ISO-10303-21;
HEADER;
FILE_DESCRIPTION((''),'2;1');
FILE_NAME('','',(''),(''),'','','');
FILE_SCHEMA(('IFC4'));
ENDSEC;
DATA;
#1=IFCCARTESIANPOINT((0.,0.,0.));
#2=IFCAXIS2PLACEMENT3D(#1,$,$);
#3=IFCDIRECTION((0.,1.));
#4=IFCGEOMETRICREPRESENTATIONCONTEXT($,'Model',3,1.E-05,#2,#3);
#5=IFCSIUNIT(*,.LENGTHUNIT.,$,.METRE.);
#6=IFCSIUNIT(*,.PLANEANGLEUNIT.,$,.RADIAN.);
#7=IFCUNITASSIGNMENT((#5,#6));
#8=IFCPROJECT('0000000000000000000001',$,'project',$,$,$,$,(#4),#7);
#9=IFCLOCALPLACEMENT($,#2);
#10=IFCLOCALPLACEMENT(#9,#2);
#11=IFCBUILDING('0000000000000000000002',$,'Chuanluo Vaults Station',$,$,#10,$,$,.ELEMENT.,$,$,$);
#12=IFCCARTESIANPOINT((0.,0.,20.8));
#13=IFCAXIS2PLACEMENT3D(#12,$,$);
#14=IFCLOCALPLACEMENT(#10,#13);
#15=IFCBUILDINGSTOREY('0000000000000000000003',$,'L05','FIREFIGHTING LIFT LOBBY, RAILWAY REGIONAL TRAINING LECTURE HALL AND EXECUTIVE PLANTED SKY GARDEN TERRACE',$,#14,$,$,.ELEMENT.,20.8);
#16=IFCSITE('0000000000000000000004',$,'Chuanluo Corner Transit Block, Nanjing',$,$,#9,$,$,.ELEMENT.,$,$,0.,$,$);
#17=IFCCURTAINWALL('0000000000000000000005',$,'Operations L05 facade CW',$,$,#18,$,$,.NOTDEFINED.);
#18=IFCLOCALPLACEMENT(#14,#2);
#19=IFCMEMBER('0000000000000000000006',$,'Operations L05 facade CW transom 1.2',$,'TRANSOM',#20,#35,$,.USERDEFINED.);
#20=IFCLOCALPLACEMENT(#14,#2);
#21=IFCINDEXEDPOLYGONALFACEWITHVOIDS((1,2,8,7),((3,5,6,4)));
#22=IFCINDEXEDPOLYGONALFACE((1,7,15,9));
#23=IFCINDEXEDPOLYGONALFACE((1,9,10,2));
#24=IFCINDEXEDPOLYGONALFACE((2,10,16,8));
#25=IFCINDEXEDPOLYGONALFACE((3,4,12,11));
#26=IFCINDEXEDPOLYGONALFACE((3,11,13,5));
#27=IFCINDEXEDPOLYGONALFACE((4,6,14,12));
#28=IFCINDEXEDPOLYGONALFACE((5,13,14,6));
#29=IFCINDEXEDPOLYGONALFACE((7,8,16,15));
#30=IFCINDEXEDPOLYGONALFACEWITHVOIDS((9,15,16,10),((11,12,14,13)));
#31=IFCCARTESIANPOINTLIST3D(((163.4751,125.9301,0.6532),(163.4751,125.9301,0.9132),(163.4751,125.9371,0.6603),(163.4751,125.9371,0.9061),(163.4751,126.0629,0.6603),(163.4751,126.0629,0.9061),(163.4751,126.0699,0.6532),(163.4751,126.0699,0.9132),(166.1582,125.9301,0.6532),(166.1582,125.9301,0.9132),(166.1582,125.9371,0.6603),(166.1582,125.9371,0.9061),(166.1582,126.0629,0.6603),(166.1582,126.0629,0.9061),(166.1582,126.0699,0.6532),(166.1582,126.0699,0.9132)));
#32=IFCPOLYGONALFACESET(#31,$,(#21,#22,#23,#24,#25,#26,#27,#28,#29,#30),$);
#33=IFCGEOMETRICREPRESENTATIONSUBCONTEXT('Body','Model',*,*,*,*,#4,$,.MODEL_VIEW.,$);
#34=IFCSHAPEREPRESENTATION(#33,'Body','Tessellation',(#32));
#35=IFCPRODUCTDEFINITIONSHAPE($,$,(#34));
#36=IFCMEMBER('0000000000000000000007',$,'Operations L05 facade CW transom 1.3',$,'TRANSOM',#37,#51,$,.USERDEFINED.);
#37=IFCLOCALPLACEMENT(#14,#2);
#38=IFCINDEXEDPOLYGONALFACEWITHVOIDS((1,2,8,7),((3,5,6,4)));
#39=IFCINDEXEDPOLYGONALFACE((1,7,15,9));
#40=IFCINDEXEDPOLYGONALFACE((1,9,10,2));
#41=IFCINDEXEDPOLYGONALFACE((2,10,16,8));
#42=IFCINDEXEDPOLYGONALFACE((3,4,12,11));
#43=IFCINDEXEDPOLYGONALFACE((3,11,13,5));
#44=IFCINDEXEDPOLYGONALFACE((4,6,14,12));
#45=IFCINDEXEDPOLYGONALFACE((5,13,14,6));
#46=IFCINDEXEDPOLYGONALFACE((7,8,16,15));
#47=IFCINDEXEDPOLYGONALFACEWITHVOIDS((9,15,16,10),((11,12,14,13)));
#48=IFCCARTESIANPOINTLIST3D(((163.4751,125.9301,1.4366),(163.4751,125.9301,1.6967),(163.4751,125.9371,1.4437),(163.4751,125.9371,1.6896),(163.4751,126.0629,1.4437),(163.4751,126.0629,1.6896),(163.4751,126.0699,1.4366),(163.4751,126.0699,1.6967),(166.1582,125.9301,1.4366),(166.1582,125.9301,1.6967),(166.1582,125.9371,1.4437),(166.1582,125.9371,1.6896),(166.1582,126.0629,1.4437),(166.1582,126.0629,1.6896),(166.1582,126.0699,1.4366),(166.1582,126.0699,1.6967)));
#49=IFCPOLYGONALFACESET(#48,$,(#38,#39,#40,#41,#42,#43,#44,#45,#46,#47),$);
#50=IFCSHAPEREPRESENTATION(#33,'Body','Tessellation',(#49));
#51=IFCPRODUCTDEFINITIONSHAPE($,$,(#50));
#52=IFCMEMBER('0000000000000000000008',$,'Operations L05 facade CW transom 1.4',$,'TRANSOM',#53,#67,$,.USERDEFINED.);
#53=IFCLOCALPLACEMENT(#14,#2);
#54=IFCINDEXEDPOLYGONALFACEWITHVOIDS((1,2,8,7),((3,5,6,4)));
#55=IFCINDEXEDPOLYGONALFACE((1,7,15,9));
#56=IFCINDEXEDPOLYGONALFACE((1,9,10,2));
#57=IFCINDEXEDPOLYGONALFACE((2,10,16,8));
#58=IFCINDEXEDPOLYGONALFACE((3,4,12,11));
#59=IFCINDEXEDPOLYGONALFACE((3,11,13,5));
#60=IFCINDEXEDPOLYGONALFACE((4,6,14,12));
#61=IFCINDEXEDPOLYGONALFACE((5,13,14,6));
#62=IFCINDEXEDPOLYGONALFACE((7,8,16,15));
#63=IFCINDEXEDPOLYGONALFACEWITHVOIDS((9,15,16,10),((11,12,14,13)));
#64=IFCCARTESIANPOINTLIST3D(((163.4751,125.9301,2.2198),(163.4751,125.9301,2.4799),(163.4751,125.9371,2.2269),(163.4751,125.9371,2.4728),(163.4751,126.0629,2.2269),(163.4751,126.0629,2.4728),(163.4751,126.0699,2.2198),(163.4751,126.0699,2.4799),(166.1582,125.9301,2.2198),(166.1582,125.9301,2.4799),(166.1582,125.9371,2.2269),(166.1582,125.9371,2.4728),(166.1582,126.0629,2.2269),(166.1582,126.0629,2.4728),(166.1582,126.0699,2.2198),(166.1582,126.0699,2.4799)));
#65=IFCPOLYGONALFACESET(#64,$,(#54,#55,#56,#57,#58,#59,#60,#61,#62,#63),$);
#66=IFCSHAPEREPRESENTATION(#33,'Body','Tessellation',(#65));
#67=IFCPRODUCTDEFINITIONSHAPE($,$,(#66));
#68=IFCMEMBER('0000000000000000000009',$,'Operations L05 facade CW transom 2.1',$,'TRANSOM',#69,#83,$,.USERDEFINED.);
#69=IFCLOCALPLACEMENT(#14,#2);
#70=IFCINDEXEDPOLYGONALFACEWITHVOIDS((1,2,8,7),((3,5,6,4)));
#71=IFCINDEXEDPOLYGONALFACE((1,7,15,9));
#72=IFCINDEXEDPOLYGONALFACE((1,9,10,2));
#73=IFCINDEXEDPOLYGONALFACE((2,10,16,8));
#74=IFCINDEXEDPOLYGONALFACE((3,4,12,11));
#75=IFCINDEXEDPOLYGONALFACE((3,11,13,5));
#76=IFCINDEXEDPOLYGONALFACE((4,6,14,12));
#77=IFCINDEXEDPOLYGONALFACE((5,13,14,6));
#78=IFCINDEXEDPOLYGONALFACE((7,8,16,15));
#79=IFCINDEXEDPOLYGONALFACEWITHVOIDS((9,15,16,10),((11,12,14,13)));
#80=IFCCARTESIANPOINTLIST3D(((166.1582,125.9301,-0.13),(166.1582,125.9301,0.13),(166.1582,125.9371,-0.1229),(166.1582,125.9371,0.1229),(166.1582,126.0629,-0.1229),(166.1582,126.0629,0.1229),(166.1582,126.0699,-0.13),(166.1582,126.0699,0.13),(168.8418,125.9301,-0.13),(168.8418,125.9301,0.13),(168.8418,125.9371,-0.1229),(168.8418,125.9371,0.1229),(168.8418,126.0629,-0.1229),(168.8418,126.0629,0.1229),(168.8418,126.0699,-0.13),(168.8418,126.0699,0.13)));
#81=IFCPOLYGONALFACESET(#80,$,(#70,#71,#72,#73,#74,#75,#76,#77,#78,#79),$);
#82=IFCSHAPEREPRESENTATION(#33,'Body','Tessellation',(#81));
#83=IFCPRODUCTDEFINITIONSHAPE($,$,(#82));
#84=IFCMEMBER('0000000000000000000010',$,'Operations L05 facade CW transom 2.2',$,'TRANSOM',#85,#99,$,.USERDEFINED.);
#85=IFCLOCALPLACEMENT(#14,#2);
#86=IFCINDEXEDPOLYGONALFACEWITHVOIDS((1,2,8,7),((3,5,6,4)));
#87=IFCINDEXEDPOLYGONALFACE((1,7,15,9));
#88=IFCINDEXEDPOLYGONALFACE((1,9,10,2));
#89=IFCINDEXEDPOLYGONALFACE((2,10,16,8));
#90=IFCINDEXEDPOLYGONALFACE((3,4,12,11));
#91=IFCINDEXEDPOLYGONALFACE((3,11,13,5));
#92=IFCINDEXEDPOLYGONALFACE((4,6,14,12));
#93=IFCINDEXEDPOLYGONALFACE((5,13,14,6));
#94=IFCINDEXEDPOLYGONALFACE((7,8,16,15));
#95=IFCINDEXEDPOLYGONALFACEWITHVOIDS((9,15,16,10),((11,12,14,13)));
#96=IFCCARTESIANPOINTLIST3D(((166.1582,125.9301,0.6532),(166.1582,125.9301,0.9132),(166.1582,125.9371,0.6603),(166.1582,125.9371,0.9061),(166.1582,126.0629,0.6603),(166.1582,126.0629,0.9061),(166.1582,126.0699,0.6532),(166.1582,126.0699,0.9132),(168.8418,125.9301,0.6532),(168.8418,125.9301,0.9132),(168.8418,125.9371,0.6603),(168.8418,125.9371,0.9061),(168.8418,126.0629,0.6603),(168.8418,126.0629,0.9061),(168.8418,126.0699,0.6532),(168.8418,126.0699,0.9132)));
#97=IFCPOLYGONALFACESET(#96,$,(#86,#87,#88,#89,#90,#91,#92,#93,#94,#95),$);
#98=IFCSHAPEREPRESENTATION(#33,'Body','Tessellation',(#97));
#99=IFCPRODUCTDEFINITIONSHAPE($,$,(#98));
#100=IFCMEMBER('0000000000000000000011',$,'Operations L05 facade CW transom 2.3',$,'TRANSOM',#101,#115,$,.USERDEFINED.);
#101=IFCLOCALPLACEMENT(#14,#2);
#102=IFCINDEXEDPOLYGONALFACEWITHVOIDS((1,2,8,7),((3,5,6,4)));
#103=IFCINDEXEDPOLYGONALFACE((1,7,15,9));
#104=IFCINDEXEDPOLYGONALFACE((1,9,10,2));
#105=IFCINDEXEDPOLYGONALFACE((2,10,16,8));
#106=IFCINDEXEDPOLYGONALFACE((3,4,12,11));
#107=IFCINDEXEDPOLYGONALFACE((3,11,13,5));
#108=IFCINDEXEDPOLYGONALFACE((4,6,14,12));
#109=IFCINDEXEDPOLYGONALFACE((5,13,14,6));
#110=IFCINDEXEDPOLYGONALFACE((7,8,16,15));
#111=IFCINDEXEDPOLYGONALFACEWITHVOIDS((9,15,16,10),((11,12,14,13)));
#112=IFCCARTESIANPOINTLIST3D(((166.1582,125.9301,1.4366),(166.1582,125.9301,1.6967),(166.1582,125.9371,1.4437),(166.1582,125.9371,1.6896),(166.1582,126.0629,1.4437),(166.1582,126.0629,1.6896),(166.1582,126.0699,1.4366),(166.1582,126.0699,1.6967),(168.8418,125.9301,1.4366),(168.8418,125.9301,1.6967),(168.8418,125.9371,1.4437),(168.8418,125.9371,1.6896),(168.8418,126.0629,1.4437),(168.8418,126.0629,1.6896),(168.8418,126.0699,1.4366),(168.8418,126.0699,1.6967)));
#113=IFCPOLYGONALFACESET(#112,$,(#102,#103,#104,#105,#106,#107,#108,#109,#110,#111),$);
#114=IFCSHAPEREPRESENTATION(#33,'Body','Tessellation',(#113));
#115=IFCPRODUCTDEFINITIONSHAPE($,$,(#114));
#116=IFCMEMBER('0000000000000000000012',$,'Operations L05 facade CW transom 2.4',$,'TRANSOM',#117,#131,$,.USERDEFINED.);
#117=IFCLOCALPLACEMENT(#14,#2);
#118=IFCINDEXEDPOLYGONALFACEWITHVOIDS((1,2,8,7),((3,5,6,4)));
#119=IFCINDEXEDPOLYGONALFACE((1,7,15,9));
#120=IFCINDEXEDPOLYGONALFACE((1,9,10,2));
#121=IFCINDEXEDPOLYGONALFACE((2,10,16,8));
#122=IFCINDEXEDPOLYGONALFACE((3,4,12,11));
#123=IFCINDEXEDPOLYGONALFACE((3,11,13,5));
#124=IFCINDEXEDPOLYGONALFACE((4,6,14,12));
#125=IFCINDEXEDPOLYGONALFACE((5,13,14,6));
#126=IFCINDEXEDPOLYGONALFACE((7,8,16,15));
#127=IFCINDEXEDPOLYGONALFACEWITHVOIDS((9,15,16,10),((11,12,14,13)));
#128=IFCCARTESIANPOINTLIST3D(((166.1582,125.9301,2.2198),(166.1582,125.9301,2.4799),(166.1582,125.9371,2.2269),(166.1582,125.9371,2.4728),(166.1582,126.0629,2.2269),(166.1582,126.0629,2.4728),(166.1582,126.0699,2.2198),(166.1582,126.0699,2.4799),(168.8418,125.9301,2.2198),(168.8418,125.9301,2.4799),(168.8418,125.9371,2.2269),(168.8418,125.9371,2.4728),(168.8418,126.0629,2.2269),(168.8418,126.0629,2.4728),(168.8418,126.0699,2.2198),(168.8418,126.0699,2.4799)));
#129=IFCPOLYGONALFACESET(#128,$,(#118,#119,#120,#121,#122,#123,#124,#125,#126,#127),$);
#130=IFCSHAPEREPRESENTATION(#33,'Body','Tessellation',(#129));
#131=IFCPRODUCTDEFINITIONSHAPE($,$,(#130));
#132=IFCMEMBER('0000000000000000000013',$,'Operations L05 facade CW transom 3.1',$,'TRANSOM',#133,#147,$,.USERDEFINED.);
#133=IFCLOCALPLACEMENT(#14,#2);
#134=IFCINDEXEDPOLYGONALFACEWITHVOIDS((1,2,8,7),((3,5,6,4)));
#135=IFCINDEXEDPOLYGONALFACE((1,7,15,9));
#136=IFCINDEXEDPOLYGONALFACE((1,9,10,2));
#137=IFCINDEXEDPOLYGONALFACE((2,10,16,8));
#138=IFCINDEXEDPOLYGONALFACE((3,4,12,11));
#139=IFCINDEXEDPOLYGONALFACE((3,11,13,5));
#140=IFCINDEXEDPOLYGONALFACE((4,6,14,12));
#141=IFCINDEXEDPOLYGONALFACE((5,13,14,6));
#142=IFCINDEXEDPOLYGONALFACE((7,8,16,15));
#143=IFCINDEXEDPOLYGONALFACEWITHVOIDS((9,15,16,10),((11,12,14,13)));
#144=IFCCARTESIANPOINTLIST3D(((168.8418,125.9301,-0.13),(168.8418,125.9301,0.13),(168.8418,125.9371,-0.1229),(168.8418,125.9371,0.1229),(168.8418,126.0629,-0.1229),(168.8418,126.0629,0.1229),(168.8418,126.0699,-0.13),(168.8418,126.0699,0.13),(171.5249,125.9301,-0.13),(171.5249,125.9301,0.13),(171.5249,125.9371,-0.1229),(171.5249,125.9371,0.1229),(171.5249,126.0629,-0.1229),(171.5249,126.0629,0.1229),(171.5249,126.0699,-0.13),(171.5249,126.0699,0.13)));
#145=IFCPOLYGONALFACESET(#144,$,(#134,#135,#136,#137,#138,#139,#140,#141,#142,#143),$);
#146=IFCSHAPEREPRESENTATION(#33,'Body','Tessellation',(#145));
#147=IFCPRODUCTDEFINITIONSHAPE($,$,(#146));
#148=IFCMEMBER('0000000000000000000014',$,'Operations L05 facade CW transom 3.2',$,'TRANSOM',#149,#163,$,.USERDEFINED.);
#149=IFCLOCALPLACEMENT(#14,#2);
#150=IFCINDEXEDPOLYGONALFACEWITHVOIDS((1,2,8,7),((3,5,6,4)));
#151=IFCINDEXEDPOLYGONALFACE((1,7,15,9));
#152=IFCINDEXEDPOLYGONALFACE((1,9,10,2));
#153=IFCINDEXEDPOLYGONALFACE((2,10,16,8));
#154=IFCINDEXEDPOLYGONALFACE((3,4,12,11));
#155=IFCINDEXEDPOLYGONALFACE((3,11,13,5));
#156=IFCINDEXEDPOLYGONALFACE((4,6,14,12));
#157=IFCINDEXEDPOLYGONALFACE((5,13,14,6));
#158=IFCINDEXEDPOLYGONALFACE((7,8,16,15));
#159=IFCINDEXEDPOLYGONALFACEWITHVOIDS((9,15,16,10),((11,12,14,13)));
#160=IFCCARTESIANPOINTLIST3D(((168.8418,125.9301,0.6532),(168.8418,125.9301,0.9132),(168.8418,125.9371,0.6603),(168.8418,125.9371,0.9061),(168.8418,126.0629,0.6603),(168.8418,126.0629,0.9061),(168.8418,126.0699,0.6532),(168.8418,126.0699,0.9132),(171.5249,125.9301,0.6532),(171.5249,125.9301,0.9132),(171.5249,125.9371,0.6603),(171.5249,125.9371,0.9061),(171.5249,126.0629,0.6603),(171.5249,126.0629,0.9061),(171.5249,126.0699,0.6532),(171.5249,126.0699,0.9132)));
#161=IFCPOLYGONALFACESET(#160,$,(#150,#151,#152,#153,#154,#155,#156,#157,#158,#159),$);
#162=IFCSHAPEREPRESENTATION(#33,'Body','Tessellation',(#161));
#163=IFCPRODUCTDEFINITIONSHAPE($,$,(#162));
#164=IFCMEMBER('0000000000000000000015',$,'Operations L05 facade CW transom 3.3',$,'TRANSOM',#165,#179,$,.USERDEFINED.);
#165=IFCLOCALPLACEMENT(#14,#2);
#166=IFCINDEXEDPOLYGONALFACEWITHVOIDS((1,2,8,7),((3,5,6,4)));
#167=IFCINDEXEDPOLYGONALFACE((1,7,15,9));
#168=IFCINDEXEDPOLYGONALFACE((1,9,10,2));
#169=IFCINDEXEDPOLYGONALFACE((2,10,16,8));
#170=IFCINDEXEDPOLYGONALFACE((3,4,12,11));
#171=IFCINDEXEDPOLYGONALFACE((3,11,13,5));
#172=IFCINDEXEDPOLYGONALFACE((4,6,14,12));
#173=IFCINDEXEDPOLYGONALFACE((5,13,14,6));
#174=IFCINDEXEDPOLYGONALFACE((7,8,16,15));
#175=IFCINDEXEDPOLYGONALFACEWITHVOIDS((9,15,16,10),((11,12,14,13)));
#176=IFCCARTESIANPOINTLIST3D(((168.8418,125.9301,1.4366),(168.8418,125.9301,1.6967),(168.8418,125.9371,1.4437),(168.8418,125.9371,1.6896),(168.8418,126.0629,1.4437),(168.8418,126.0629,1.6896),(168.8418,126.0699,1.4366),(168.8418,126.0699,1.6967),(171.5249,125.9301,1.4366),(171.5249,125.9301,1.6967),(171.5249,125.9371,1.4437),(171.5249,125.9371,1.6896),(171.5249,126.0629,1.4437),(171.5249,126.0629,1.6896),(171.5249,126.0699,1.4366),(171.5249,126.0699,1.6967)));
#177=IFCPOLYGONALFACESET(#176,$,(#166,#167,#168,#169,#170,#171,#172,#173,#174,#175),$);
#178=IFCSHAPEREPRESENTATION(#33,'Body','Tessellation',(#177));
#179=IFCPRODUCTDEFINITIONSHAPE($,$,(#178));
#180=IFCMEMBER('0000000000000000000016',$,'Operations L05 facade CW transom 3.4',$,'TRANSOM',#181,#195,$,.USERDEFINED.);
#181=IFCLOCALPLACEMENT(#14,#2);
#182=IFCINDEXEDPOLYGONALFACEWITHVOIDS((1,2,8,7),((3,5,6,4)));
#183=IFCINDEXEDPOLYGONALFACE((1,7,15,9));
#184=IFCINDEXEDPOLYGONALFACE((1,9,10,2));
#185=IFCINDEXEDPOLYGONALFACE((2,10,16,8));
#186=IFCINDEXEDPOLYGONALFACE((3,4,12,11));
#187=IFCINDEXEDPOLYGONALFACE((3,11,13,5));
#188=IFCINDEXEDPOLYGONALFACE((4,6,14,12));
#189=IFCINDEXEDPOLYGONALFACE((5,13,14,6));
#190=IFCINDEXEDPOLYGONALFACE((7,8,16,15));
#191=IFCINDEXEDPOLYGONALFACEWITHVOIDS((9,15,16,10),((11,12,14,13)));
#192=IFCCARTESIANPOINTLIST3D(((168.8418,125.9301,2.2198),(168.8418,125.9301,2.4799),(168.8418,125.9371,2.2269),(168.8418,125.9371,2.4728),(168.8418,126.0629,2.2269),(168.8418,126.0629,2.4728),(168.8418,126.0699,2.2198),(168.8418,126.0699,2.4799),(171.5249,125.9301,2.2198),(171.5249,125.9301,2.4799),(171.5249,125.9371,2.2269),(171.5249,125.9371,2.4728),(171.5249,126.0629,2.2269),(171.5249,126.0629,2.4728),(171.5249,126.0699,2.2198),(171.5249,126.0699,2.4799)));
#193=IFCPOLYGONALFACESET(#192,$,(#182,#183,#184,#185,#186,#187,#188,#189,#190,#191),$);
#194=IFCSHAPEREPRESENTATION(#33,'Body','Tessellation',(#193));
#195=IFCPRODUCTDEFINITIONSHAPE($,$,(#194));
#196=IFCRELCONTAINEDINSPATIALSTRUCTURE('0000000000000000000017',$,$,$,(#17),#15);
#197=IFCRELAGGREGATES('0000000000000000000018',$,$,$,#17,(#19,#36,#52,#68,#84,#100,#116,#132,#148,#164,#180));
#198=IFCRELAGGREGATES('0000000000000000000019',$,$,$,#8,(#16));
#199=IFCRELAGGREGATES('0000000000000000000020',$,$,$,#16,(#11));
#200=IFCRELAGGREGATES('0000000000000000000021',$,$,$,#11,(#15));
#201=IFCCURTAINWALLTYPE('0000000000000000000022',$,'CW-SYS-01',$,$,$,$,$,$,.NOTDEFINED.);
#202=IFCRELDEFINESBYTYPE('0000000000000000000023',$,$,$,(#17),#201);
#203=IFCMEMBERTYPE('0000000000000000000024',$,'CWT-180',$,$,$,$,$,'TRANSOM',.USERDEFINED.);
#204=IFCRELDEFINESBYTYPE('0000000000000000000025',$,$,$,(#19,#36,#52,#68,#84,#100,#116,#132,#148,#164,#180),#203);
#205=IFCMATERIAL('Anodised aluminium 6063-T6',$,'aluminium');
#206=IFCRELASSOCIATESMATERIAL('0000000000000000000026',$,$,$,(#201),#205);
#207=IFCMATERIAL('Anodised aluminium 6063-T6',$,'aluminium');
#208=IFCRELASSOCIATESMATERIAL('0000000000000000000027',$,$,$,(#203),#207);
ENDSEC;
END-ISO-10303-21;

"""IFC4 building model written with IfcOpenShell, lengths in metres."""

from ifc_helpers import new_model, si_unit, direction, frame, origin, origin_2d, place, context, subcontext, project, spatial, hollow_rectangle, extrude, material, material_profile, profile_set, type_object, element, aggregate, save


model = new_model("IFC4")

# Units and contexts
model_context = context("Model", 3, precision=1e-05, world=origin(), true_north=direction((0.0, 1.0)))
body_context = subcontext(model_context, "Body", "Model", "MODEL_VIEW")
ifc_project = project(units=[si_unit("LENGTHUNIT", "METRE"), si_unit("PLANEANGLEUNIT", "RADIAN")], contexts=[model_context])

# Site, building, storey
site_placement = place(None, origin())
site = spatial("IfcSite", under=ifc_project, at=site_placement, Name="Chuanluo Corner Transit Block, Nanjing", CompositionType="ELEMENT", RefElevation=0.0)
building_placement = place(site_placement, origin())
building = spatial("IfcBuilding", under=site, at=building_placement, Name="Chuanluo Vaults Station", CompositionType="ELEMENT")
storey_placement = place(building_placement, frame((0.0, 0.0, 20.8)))
storey = spatial("IfcBuildingStorey", under=building, at=storey_placement, Name="L05", Description="FIREFIGHTING LIFT LOBBY, RAILWAY REGIONAL TRAINING LECTURE HALL AND EXECUTIVE PLANTED SKY GARDEN TERRACE", CompositionType="ELEMENT", Elevation=20.8)

# Curtain wall, members
ifc_material_1 = material(Name="Anodised aluminium 6063-T6", Category="aluminium")
curtain_wall_type_1 = type_object("IfcCurtainWallType", Name="CW-SYS-01", PredefinedType="NOTDEFINED", material=ifc_material_1)
curtain_wall_1_placement = place(storey_placement, origin())
curtain_wall_1 = element("IfcCurtainWall", 1, at=curtain_wall_1_placement, inside=storey, type_object=curtain_wall_type_1, Name="Operations L05 facade CW", PredefinedType="NOTDEFINED")
ifc_material_2 = material(Name="Anodised aluminium 6063-T6", Category="aluminium")
ifc_material_profile_1 = material_profile(ifc_material_2, hollow_rectangle(XDim=0.1399, YDim=0.26, WallThickness=0.0071, at=origin_2d()))
ifc_profile_set_1 = profile_set([ifc_material_profile_1], Name="Anodised aluminium 6063-T6")
member_type_1 = type_object("IfcMemberType", Name="CWT-180", ElementType="TRANSOM", PredefinedType="USERDEFINED", material=ifc_profile_set_1)
member_1_placement = place(storey_placement, frame((163.4751, 126.0, 0.7832), z_axis=(1.0, 0.0, 0.0), x_axis=(0.0, 1.0, 0.0)))
member_1 = element("IfcMember", 2, at=member_1_placement, type_object=member_type_1, Name="Operations L05 facade CW transom 1.2", ObjectType="TRANSOM", PredefinedType="USERDEFINED", context=body_context, shape_type="SweptSolid", body=[
    extrude(hollow_rectangle(XDim=0.1399, YDim=0.26, WallThickness=0.0071, at=origin_2d()), origin(), (0.0, 0.0, 1.0), 2.6831),
])
member_2_placement = place(storey_placement, frame((163.4751, 126.0, 1.5667), z_axis=(1.0, 0.0, 0.0), x_axis=(0.0, 1.0, 0.0)))
member_2 = element("IfcMember", 3, at=member_2_placement, type_object=member_type_1, Name="Operations L05 facade CW transom 1.3", ObjectType="TRANSOM", PredefinedType="USERDEFINED", context=body_context, shape_type="SweptSolid", body=[
    extrude(hollow_rectangle(XDim=0.1399, YDim=0.26, WallThickness=0.0071, at=origin_2d()), origin(), (0.0, 0.0, 1.0), 2.6831),
])
member_3_placement = place(storey_placement, frame((163.4751, 126.0, 2.3499), z_axis=(1.0, 0.0, 0.0), x_axis=(0.0, 1.0, 0.0)))
member_3 = element("IfcMember", 4, at=member_3_placement, type_object=member_type_1, Name="Operations L05 facade CW transom 1.4", ObjectType="TRANSOM", PredefinedType="USERDEFINED", context=body_context, shape_type="SweptSolid", body=[
    extrude(hollow_rectangle(XDim=0.1399, YDim=0.26, WallThickness=0.0071, at=origin_2d()), origin(), (0.0, 0.0, 1.0), 2.6831),
])
member_4_placement = place(storey_placement, frame((166.1582, 126.0, 0.0), z_axis=(1.0, 0.0, 0.0), x_axis=(0.0, 1.0, 0.0)))
member_4 = element("IfcMember", 5, at=member_4_placement, type_object=member_type_1, Name="Operations L05 facade CW transom 2.1", ObjectType="TRANSOM", PredefinedType="USERDEFINED", context=body_context, shape_type="SweptSolid", body=[
    extrude(hollow_rectangle(XDim=0.1399, YDim=0.26, WallThickness=0.0071, at=origin_2d()), origin(), (0.0, 0.0, 1.0), 2.6836),
])
member_5_placement = place(storey_placement, frame((166.1582, 126.0, 0.7832), z_axis=(1.0, 0.0, 0.0), x_axis=(0.0, 1.0, 0.0)))
member_5 = element("IfcMember", 6, at=member_5_placement, type_object=member_type_1, Name="Operations L05 facade CW transom 2.2", ObjectType="TRANSOM", PredefinedType="USERDEFINED", context=body_context, shape_type="SweptSolid", body=[
    extrude(hollow_rectangle(XDim=0.1399, YDim=0.26, WallThickness=0.0071, at=origin_2d()), origin(), (0.0, 0.0, 1.0), 2.6836),
])
member_6_placement = place(storey_placement, frame((166.1582, 126.0, 1.5667), z_axis=(1.0, 0.0, 0.0), x_axis=(0.0, 1.0, 0.0)))
member_6 = element("IfcMember", 7, at=member_6_placement, type_object=member_type_1, Name="Operations L05 facade CW transom 2.3", ObjectType="TRANSOM", PredefinedType="USERDEFINED", context=body_context, shape_type="SweptSolid", body=[
    extrude(hollow_rectangle(XDim=0.1399, YDim=0.26, WallThickness=0.0071, at=origin_2d()), origin(), (0.0, 0.0, 1.0), 2.6836),
])
member_7_placement = place(storey_placement, frame((166.1582, 126.0, 2.3499), z_axis=(1.0, 0.0, 0.0), x_axis=(0.0, 1.0, 0.0)))
member_7 = element("IfcMember", 8, at=member_7_placement, type_object=member_type_1, Name="Operations L05 facade CW transom 2.4", ObjectType="TRANSOM", PredefinedType="USERDEFINED", context=body_context, shape_type="SweptSolid", body=[
    extrude(hollow_rectangle(XDim=0.1399, YDim=0.26, WallThickness=0.0071, at=origin_2d()), origin(), (0.0, 0.0, 1.0), 2.6836),
])
member_8_placement = place(storey_placement, frame((168.8418, 126.0, 0.0), z_axis=(1.0, 0.0, 0.0), x_axis=(0.0, 1.0, 0.0)))
member_8 = element("IfcMember", 9, at=member_8_placement, type_object=member_type_1, Name="Operations L05 facade CW transom 3.1", ObjectType="TRANSOM", PredefinedType="USERDEFINED", context=body_context, shape_type="SweptSolid", body=[
    extrude(hollow_rectangle(XDim=0.1399, YDim=0.26, WallThickness=0.0071, at=origin_2d()), origin(), (0.0, 0.0, 1.0), 2.6831),
])
member_9_placement = place(storey_placement, frame((168.8418, 126.0, 0.7832), z_axis=(1.0, 0.0, 0.0), x_axis=(0.0, 1.0, 0.0)))
member_9 = element("IfcMember", 10, at=member_9_placement, type_object=member_type_1, Name="Operations L05 facade CW transom 3.2", ObjectType="TRANSOM", PredefinedType="USERDEFINED", context=body_context, shape_type="SweptSolid", body=[
    extrude(hollow_rectangle(XDim=0.1399, YDim=0.26, WallThickness=0.0071, at=origin_2d()), origin(), (0.0, 0.0, 1.0), 2.6831),
])
member_10_placement = place(storey_placement, frame((168.8418, 126.0, 1.5667), z_axis=(1.0, 0.0, 0.0), x_axis=(0.0, 1.0, 0.0)))
member_10 = element("IfcMember", 11, at=member_10_placement, type_object=member_type_1, Name="Operations L05 facade CW transom 3.3", ObjectType="TRANSOM", PredefinedType="USERDEFINED", context=body_context, shape_type="SweptSolid", body=[
    extrude(hollow_rectangle(XDim=0.1399, YDim=0.26, WallThickness=0.0071, at=origin_2d()), origin(), (0.0, 0.0, 1.0), 2.6831),
])
member_11_placement = place(storey_placement, frame((168.8418, 126.0, 2.3499), z_axis=(1.0, 0.0, 0.0), x_axis=(0.0, 1.0, 0.0)))
member_11 = element("IfcMember", 12, at=member_11_placement, type_object=member_type_1, Name="Operations L05 facade CW transom 3.4", ObjectType="TRANSOM", PredefinedType="USERDEFINED", context=body_context, shape_type="SweptSolid", body=[
    extrude(hollow_rectangle(XDim=0.1399, YDim=0.26, WallThickness=0.0071, at=origin_2d()), origin(), (0.0, 0.0, 1.0), 2.6831),
])

aggregate(curtain_wall_1, [member_1, member_2, member_3, member_4, member_5, member_6, member_7, member_8, member_9, member_10, member_11])

save(model, "model.ifc")
